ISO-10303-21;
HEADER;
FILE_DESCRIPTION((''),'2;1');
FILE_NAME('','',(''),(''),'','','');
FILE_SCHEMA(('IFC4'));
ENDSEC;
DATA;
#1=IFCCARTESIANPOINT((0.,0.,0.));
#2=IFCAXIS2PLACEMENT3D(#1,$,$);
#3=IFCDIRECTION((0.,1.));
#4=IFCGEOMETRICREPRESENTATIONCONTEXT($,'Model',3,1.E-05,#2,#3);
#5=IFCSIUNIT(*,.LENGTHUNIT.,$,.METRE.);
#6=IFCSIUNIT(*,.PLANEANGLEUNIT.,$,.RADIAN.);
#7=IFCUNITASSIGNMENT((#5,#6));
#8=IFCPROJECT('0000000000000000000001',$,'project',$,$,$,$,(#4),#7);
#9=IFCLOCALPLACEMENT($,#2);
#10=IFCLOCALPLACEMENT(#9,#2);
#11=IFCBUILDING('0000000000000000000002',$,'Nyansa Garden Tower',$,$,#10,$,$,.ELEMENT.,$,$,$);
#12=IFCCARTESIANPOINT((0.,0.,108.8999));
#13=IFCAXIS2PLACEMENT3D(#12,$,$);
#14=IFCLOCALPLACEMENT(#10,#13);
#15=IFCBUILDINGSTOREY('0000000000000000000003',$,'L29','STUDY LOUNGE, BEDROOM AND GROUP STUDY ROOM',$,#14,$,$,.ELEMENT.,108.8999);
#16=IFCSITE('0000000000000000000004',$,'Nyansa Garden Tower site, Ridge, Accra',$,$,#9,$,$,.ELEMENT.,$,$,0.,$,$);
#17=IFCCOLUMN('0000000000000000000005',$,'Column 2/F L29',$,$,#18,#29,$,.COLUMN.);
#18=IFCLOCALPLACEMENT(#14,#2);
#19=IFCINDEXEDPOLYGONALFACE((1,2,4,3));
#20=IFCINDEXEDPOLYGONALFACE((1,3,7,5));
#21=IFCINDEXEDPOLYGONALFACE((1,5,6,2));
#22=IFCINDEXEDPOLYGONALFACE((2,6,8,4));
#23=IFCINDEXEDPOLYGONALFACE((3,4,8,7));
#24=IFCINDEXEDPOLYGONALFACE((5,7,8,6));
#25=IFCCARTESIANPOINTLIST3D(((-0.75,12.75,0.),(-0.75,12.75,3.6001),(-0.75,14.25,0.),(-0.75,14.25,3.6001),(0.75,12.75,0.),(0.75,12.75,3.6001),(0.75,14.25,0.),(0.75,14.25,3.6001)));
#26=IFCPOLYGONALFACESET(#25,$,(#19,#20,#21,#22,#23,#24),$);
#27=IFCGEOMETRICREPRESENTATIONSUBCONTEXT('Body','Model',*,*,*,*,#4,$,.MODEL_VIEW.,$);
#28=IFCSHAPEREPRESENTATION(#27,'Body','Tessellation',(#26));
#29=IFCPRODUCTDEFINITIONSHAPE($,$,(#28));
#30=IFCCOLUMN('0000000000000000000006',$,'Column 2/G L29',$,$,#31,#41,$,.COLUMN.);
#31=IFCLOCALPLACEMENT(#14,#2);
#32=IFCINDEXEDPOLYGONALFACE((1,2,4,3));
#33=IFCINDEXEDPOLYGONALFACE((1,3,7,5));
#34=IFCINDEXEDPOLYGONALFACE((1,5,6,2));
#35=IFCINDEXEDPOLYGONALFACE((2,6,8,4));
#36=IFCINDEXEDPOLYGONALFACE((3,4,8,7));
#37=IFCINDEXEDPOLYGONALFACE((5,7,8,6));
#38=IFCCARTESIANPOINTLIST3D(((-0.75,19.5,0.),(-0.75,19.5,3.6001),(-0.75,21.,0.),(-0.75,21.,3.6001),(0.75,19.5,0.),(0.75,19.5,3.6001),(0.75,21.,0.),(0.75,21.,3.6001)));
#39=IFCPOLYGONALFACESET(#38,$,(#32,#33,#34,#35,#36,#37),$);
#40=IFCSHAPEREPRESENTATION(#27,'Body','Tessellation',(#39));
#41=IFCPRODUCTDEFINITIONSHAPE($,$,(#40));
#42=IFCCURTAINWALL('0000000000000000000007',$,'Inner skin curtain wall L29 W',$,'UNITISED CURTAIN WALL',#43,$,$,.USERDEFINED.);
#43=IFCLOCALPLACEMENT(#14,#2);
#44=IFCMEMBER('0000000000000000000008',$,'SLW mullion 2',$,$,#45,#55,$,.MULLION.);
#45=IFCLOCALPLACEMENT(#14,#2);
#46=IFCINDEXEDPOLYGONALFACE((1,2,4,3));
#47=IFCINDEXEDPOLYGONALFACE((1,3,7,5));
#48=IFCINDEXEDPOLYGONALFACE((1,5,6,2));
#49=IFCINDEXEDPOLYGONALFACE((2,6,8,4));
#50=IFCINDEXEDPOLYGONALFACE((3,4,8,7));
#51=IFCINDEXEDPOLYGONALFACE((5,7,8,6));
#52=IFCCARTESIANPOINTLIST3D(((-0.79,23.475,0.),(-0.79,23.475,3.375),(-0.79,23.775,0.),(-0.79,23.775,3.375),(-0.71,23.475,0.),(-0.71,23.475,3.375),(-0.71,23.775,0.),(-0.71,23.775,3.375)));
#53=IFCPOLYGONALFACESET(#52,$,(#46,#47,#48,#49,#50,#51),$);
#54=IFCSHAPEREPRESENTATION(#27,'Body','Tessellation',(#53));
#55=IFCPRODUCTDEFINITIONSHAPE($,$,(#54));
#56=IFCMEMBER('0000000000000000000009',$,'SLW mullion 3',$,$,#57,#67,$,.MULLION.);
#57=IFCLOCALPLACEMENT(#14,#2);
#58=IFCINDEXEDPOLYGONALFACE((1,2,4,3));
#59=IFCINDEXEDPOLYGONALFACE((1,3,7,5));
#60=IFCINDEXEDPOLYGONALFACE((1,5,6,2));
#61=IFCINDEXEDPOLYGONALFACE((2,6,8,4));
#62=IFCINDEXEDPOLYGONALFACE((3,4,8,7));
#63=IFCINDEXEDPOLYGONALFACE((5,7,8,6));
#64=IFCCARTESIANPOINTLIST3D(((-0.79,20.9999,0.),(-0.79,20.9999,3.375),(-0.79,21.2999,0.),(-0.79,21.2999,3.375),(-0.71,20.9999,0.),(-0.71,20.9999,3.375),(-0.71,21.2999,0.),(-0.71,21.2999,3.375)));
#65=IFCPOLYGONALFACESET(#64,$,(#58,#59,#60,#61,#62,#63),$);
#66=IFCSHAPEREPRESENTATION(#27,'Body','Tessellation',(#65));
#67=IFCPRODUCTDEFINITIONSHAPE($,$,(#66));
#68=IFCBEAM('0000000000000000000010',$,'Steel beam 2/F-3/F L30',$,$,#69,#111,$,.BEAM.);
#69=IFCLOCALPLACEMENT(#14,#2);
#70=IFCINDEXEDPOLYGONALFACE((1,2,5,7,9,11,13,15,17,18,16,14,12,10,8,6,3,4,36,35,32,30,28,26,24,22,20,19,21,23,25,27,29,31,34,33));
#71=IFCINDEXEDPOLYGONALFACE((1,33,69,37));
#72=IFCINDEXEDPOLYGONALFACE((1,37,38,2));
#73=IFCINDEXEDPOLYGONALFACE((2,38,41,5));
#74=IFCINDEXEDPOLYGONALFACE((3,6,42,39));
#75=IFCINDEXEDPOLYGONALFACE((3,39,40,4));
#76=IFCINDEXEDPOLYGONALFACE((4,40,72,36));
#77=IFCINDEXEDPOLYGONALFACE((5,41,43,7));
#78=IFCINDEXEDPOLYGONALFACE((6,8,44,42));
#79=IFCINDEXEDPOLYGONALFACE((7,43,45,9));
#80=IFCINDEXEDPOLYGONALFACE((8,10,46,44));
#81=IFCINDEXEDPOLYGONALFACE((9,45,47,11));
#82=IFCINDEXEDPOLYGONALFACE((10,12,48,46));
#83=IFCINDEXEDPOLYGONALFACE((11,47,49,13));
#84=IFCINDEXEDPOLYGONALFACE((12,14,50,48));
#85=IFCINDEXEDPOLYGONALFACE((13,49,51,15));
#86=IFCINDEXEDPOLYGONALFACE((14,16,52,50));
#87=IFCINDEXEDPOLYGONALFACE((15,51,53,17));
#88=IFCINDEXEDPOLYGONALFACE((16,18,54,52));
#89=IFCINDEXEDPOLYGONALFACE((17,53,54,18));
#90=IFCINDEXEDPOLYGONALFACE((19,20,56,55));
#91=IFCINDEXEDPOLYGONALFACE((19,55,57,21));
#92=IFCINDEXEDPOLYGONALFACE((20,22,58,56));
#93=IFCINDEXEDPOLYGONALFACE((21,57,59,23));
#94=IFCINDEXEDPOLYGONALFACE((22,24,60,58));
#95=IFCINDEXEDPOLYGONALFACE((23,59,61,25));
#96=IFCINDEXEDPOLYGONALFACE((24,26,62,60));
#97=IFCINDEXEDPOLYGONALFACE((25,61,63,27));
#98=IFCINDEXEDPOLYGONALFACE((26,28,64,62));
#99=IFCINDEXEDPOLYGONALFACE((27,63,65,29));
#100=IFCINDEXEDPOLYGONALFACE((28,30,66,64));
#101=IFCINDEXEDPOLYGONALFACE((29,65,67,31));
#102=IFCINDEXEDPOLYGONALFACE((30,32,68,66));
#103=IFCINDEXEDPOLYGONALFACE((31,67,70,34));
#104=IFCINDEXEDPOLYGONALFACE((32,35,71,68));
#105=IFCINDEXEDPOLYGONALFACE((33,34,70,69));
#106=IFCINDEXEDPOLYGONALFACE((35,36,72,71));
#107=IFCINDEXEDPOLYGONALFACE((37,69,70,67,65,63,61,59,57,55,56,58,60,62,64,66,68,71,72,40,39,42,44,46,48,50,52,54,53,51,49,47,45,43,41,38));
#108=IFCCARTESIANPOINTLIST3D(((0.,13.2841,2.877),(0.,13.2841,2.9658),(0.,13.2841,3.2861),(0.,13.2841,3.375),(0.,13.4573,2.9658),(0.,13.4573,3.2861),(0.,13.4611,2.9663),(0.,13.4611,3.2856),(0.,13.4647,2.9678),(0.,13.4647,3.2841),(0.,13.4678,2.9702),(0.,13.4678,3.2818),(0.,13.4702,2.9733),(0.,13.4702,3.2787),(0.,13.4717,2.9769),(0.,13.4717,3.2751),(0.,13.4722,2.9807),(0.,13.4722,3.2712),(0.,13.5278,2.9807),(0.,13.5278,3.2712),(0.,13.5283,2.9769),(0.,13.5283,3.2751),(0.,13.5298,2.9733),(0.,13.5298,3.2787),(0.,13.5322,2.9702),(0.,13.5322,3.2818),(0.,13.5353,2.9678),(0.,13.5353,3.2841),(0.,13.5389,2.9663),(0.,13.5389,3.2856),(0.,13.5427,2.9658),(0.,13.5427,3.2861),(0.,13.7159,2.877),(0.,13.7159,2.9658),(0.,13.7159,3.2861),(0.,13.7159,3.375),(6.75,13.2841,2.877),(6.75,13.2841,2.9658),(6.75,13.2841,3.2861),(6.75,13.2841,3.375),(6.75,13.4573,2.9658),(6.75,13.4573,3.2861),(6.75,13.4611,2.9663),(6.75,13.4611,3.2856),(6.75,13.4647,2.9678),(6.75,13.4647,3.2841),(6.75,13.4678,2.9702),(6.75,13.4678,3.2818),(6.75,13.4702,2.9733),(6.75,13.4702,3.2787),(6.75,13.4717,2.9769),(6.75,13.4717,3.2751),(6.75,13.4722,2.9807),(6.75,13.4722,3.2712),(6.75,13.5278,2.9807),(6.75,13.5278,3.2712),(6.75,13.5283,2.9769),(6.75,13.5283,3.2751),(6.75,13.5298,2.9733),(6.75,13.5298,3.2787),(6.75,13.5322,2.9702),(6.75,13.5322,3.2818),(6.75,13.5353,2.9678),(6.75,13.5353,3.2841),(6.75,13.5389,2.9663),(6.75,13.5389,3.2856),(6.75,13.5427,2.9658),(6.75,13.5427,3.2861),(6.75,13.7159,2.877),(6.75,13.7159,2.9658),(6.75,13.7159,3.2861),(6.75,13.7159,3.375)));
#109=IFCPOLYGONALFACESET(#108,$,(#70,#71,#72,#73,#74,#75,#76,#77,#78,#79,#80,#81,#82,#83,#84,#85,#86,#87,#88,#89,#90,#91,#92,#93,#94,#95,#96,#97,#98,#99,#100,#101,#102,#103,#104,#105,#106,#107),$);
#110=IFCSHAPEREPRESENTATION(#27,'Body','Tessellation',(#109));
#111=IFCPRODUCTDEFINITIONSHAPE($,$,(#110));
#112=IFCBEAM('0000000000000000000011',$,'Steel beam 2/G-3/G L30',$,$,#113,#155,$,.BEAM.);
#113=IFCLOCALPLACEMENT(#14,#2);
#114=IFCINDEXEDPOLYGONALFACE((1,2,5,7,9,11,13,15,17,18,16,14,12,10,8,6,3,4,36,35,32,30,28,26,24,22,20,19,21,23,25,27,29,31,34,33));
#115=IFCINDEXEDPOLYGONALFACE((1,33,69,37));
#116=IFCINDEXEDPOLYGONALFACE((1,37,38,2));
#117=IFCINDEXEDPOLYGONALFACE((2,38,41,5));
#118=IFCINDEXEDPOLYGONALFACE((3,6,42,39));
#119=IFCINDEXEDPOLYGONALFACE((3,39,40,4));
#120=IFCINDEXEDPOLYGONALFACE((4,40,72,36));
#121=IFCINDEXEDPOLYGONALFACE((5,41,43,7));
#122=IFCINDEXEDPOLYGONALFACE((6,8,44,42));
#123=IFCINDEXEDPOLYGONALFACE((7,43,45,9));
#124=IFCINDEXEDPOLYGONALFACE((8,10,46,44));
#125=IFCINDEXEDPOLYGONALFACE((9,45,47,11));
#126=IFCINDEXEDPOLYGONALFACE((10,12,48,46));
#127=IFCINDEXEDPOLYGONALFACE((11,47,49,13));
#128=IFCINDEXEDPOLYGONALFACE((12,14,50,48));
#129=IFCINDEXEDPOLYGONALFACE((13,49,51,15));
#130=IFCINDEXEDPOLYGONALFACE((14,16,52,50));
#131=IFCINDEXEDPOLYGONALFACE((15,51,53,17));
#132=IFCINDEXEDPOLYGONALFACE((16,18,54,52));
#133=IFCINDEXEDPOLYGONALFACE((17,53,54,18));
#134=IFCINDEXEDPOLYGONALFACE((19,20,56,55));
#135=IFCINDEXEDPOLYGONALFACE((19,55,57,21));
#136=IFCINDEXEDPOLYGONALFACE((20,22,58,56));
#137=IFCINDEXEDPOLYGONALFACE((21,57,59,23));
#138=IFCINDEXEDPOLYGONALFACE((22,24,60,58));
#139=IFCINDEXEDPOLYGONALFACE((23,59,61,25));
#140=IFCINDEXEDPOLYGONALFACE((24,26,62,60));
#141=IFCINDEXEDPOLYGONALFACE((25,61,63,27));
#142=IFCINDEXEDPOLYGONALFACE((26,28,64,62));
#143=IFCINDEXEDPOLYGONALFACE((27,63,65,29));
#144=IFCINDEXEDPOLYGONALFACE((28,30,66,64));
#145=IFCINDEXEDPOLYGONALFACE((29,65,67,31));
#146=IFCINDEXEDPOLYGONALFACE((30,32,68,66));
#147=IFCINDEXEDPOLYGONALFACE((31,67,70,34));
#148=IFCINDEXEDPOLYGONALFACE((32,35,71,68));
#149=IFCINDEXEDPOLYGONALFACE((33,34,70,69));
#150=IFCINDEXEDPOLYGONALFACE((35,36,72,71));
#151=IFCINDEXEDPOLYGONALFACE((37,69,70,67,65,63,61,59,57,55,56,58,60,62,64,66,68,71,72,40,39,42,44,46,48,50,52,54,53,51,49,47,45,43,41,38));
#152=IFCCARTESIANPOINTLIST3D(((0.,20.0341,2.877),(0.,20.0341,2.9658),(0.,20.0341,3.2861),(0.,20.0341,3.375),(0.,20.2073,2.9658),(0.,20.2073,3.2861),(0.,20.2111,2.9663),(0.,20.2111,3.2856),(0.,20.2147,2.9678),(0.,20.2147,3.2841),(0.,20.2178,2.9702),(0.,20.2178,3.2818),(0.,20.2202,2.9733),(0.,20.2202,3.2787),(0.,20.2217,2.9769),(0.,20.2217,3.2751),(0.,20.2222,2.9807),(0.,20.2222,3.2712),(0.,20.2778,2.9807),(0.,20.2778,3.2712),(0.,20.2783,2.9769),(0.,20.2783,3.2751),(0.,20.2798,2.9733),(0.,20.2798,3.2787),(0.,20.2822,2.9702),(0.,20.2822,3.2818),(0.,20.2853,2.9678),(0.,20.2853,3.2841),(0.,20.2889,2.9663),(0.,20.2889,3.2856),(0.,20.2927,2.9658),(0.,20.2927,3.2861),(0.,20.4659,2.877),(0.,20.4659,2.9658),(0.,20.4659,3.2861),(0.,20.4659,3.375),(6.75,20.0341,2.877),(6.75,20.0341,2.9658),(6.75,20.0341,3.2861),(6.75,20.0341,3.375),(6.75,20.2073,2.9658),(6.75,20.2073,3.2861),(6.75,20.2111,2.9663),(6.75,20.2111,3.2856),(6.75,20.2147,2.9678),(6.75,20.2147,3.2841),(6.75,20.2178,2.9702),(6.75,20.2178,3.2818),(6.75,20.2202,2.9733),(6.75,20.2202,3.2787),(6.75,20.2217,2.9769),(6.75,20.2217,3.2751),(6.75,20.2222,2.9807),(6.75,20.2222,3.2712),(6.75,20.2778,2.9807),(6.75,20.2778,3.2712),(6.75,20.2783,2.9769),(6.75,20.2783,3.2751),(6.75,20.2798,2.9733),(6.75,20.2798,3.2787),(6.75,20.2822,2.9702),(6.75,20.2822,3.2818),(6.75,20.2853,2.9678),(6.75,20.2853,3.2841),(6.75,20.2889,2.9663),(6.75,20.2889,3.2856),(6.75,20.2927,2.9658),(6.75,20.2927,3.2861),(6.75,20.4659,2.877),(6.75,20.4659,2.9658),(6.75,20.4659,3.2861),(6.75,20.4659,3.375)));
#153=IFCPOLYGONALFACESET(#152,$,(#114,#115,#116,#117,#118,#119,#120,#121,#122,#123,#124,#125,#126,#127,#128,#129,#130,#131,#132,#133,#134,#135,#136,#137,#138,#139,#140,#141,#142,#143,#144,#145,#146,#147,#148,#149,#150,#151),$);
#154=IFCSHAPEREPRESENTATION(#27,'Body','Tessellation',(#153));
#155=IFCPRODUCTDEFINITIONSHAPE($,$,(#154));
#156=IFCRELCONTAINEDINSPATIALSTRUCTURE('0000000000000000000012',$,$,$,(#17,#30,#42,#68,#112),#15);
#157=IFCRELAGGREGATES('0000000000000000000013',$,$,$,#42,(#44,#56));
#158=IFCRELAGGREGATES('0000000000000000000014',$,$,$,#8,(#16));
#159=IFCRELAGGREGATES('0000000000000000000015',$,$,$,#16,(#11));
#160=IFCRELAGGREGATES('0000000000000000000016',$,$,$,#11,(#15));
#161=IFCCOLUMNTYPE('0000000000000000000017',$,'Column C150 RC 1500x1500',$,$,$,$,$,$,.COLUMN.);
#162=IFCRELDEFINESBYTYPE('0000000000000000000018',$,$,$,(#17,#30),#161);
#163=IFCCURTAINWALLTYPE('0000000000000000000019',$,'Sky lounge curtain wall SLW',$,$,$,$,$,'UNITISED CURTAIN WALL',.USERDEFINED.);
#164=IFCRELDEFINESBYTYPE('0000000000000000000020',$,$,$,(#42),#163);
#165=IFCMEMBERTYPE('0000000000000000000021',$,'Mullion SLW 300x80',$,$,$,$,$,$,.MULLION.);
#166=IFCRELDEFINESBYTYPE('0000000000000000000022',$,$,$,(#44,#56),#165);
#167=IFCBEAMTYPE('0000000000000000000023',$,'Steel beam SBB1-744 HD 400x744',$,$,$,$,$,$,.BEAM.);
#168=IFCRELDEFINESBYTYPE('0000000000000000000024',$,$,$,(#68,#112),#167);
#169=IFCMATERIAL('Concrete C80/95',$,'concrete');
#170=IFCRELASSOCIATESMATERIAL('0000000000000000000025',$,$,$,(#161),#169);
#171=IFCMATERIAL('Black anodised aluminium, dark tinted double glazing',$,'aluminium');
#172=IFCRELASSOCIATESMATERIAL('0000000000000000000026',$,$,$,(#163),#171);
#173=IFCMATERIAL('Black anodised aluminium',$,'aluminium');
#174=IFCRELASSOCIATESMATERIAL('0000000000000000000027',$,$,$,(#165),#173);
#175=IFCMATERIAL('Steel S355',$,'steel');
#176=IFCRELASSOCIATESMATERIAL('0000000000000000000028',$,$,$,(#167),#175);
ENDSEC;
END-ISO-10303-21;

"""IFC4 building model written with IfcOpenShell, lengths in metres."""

from ifc_helpers import new_model, si_unit, direction, frame, origin, origin_2d, place, context, subcontext, project, spatial, rectangle, i_section, extrude, material, material_profile, profile_set, type_object, element, aggregate, save


model = new_model("IFC4")

# Units and contexts
model_context = context("Model", 3, precision=1e-05, world=origin(), true_north=direction((0.0, 1.0)))
body_context = subcontext(model_context, "Body", "Model", "MODEL_VIEW")
ifc_project = project(units=[si_unit("LENGTHUNIT", "METRE"), si_unit("PLANEANGLEUNIT", "RADIAN")], contexts=[model_context])

# Site, building, storey
site_placement = place(None, origin())
site = spatial("IfcSite", under=ifc_project, at=site_placement, Name="Nyansa Garden Tower site, Ridge, Accra", CompositionType="ELEMENT", RefElevation=0.0)
building_placement = place(site_placement, origin())
building = spatial("IfcBuilding", under=site, at=building_placement, Name="Nyansa Garden Tower", CompositionType="ELEMENT")
storey_placement = place(building_placement, frame((0.0, 0.0, 108.8999)))
storey = spatial("IfcBuildingStorey", under=building, at=storey_placement, Name="L29", Description="STUDY LOUNGE, BEDROOM AND GROUP STUDY ROOM", CompositionType="ELEMENT", Elevation=108.8999)

# Columns
ifc_material_1 = material(Name="Concrete C80/95", Category="concrete")
ifc_material_profile_1 = material_profile(ifc_material_1, rectangle(XDim=1.5, YDim=1.5, at=origin_2d()), Name="RC 1500x1500")
ifc_profile_set_1 = profile_set([ifc_material_profile_1], Name="Concrete C80/95")
column_type = type_object("IfcColumnType", Name="Column C150 RC 1500x1500", PredefinedType="COLUMN", material=ifc_profile_set_1)
for number, where, z_axis, x_axis, name in (
    (1, (0.0, 13.5, 0.0), (0.0, 0.0, 1.0), (1.0, 0.0, 0.0), "Column 2/F L29"),
    (2, (0.0, 20.25, 0.0), (0.0, 0.0, 1.0), (1.0, 0.0, 0.0), "Column 2/G L29"),
):
    element("IfcColumn", number, at=place(storey_placement, frame(where, z_axis=z_axis, x_axis=x_axis)), inside=storey, type_object=column_type, Name=name, PredefinedType="COLUMN", context=body_context, shape_type="SweptSolid", body=[
        extrude(rectangle(XDim=1.5, YDim=1.5, at=origin_2d()), origin(), (0.0, 0.0, 1.0), 3.6001),
    ])

# Curtain wall, members
ifc_material_2 = material(Name="Black anodised aluminium, dark tinted double glazing", Category="aluminium")
curtain_wall_type = type_object("IfcCurtainWallType", Name="Sky lounge curtain wall SLW", ElementType="UNITISED CURTAIN WALL", PredefinedType="USERDEFINED", material=ifc_material_2)
curtain_wall_placement = place(storey_placement, origin())
curtain_wall = element("IfcCurtainWall", 3, at=curtain_wall_placement, inside=storey, type_object=curtain_wall_type, Name="Inner skin curtain wall L29 W", ObjectType="UNITISED CURTAIN WALL", PredefinedType="USERDEFINED")
ifc_material_3 = material(Name="Black anodised aluminium", Category="aluminium")
ifc_material_profile_2 = material_profile(ifc_material_3, rectangle(XDim=0.0801, YDim=0.3, at=origin_2d()), Name="Mullion 300x80")
ifc_profile_set_2 = profile_set([ifc_material_profile_2], Name="Black anodised aluminium")
member_type_1 = type_object("IfcMemberType", Name="Mullion SLW 300x80", PredefinedType="MULLION", material=ifc_profile_set_2)
member_1_placement = place(storey_placement, frame((-0.75, 23.625, 0.0), z_axis=(0.0, 0.0, 1.0), x_axis=(1.0, 0.0, 0.0)))
member_1 = element("IfcMember", 4, at=member_1_placement, type_object=member_type_1, Name="SLW mullion 2", PredefinedType="MULLION", context=body_context, shape_type="SweptSolid", body=[
    extrude(rectangle(XDim=0.0801, YDim=0.3, at=origin_2d()), origin(), (0.0, 0.0, 1.0), 3.375),
])
member_2_placement = place(storey_placement, frame((-0.75, 21.1499, 0.0), z_axis=(0.0, 0.0, 1.0), x_axis=(1.0, 0.0, 0.0)))
member_2 = element("IfcMember", 5, at=member_2_placement, type_object=member_type_1, Name="SLW mullion 3", PredefinedType="MULLION", context=body_context, shape_type="SweptSolid", body=[
    extrude(rectangle(XDim=0.0801, YDim=0.3, at=origin_2d()), origin(), (0.0, 0.0, 1.0), 3.375),
])

# Beams
ifc_material_4 = material(Name="Steel S355", Category="steel")
ifc_material_profile_3 = material_profile(ifc_material_4, i_section(OverallWidth=0.4319, OverallDepth=0.498, WebThickness=0.0557, FlangeThickness=0.0889, FilletRadius=0.0149, at=origin_2d()), Name="HD 400x744")
ifc_profile_set_3 = profile_set([ifc_material_profile_3], Name="Steel S355")
beam_type_1 = type_object("IfcBeamType", Name="Steel beam SBB1-744 HD 400x744", PredefinedType="BEAM", material=ifc_profile_set_3)
for number, where, z_axis, x_axis, name in (
    (6, (0.0, 13.5, 3.126), (1.0, 0.0, 0.0), (0.0, 1.0, 0.0), "Steel beam 2/F-3/F L30"),
    (7, (0.0, 20.25, 3.126), (1.0, 0.0, 0.0), (0.0, 1.0, 0.0), "Steel beam 2/G-3/G L30"),
):
    element("IfcBeam", number, at=place(storey_placement, frame(where, z_axis=z_axis, x_axis=x_axis)), inside=storey, type_object=beam_type_1, Name=name, PredefinedType="BEAM", context=body_context, shape_type="SweptSolid", body=[
        extrude(i_section(OverallWidth=0.4319, OverallDepth=0.498, WebThickness=0.0557, FlangeThickness=0.0889, FilletRadius=0.0149, at=origin_2d()), origin(), (0.0, 0.0, 1.0), 6.75),
    ])

aggregate(curtain_wall, [member_1, member_2])

save(model, "model.ifc")
